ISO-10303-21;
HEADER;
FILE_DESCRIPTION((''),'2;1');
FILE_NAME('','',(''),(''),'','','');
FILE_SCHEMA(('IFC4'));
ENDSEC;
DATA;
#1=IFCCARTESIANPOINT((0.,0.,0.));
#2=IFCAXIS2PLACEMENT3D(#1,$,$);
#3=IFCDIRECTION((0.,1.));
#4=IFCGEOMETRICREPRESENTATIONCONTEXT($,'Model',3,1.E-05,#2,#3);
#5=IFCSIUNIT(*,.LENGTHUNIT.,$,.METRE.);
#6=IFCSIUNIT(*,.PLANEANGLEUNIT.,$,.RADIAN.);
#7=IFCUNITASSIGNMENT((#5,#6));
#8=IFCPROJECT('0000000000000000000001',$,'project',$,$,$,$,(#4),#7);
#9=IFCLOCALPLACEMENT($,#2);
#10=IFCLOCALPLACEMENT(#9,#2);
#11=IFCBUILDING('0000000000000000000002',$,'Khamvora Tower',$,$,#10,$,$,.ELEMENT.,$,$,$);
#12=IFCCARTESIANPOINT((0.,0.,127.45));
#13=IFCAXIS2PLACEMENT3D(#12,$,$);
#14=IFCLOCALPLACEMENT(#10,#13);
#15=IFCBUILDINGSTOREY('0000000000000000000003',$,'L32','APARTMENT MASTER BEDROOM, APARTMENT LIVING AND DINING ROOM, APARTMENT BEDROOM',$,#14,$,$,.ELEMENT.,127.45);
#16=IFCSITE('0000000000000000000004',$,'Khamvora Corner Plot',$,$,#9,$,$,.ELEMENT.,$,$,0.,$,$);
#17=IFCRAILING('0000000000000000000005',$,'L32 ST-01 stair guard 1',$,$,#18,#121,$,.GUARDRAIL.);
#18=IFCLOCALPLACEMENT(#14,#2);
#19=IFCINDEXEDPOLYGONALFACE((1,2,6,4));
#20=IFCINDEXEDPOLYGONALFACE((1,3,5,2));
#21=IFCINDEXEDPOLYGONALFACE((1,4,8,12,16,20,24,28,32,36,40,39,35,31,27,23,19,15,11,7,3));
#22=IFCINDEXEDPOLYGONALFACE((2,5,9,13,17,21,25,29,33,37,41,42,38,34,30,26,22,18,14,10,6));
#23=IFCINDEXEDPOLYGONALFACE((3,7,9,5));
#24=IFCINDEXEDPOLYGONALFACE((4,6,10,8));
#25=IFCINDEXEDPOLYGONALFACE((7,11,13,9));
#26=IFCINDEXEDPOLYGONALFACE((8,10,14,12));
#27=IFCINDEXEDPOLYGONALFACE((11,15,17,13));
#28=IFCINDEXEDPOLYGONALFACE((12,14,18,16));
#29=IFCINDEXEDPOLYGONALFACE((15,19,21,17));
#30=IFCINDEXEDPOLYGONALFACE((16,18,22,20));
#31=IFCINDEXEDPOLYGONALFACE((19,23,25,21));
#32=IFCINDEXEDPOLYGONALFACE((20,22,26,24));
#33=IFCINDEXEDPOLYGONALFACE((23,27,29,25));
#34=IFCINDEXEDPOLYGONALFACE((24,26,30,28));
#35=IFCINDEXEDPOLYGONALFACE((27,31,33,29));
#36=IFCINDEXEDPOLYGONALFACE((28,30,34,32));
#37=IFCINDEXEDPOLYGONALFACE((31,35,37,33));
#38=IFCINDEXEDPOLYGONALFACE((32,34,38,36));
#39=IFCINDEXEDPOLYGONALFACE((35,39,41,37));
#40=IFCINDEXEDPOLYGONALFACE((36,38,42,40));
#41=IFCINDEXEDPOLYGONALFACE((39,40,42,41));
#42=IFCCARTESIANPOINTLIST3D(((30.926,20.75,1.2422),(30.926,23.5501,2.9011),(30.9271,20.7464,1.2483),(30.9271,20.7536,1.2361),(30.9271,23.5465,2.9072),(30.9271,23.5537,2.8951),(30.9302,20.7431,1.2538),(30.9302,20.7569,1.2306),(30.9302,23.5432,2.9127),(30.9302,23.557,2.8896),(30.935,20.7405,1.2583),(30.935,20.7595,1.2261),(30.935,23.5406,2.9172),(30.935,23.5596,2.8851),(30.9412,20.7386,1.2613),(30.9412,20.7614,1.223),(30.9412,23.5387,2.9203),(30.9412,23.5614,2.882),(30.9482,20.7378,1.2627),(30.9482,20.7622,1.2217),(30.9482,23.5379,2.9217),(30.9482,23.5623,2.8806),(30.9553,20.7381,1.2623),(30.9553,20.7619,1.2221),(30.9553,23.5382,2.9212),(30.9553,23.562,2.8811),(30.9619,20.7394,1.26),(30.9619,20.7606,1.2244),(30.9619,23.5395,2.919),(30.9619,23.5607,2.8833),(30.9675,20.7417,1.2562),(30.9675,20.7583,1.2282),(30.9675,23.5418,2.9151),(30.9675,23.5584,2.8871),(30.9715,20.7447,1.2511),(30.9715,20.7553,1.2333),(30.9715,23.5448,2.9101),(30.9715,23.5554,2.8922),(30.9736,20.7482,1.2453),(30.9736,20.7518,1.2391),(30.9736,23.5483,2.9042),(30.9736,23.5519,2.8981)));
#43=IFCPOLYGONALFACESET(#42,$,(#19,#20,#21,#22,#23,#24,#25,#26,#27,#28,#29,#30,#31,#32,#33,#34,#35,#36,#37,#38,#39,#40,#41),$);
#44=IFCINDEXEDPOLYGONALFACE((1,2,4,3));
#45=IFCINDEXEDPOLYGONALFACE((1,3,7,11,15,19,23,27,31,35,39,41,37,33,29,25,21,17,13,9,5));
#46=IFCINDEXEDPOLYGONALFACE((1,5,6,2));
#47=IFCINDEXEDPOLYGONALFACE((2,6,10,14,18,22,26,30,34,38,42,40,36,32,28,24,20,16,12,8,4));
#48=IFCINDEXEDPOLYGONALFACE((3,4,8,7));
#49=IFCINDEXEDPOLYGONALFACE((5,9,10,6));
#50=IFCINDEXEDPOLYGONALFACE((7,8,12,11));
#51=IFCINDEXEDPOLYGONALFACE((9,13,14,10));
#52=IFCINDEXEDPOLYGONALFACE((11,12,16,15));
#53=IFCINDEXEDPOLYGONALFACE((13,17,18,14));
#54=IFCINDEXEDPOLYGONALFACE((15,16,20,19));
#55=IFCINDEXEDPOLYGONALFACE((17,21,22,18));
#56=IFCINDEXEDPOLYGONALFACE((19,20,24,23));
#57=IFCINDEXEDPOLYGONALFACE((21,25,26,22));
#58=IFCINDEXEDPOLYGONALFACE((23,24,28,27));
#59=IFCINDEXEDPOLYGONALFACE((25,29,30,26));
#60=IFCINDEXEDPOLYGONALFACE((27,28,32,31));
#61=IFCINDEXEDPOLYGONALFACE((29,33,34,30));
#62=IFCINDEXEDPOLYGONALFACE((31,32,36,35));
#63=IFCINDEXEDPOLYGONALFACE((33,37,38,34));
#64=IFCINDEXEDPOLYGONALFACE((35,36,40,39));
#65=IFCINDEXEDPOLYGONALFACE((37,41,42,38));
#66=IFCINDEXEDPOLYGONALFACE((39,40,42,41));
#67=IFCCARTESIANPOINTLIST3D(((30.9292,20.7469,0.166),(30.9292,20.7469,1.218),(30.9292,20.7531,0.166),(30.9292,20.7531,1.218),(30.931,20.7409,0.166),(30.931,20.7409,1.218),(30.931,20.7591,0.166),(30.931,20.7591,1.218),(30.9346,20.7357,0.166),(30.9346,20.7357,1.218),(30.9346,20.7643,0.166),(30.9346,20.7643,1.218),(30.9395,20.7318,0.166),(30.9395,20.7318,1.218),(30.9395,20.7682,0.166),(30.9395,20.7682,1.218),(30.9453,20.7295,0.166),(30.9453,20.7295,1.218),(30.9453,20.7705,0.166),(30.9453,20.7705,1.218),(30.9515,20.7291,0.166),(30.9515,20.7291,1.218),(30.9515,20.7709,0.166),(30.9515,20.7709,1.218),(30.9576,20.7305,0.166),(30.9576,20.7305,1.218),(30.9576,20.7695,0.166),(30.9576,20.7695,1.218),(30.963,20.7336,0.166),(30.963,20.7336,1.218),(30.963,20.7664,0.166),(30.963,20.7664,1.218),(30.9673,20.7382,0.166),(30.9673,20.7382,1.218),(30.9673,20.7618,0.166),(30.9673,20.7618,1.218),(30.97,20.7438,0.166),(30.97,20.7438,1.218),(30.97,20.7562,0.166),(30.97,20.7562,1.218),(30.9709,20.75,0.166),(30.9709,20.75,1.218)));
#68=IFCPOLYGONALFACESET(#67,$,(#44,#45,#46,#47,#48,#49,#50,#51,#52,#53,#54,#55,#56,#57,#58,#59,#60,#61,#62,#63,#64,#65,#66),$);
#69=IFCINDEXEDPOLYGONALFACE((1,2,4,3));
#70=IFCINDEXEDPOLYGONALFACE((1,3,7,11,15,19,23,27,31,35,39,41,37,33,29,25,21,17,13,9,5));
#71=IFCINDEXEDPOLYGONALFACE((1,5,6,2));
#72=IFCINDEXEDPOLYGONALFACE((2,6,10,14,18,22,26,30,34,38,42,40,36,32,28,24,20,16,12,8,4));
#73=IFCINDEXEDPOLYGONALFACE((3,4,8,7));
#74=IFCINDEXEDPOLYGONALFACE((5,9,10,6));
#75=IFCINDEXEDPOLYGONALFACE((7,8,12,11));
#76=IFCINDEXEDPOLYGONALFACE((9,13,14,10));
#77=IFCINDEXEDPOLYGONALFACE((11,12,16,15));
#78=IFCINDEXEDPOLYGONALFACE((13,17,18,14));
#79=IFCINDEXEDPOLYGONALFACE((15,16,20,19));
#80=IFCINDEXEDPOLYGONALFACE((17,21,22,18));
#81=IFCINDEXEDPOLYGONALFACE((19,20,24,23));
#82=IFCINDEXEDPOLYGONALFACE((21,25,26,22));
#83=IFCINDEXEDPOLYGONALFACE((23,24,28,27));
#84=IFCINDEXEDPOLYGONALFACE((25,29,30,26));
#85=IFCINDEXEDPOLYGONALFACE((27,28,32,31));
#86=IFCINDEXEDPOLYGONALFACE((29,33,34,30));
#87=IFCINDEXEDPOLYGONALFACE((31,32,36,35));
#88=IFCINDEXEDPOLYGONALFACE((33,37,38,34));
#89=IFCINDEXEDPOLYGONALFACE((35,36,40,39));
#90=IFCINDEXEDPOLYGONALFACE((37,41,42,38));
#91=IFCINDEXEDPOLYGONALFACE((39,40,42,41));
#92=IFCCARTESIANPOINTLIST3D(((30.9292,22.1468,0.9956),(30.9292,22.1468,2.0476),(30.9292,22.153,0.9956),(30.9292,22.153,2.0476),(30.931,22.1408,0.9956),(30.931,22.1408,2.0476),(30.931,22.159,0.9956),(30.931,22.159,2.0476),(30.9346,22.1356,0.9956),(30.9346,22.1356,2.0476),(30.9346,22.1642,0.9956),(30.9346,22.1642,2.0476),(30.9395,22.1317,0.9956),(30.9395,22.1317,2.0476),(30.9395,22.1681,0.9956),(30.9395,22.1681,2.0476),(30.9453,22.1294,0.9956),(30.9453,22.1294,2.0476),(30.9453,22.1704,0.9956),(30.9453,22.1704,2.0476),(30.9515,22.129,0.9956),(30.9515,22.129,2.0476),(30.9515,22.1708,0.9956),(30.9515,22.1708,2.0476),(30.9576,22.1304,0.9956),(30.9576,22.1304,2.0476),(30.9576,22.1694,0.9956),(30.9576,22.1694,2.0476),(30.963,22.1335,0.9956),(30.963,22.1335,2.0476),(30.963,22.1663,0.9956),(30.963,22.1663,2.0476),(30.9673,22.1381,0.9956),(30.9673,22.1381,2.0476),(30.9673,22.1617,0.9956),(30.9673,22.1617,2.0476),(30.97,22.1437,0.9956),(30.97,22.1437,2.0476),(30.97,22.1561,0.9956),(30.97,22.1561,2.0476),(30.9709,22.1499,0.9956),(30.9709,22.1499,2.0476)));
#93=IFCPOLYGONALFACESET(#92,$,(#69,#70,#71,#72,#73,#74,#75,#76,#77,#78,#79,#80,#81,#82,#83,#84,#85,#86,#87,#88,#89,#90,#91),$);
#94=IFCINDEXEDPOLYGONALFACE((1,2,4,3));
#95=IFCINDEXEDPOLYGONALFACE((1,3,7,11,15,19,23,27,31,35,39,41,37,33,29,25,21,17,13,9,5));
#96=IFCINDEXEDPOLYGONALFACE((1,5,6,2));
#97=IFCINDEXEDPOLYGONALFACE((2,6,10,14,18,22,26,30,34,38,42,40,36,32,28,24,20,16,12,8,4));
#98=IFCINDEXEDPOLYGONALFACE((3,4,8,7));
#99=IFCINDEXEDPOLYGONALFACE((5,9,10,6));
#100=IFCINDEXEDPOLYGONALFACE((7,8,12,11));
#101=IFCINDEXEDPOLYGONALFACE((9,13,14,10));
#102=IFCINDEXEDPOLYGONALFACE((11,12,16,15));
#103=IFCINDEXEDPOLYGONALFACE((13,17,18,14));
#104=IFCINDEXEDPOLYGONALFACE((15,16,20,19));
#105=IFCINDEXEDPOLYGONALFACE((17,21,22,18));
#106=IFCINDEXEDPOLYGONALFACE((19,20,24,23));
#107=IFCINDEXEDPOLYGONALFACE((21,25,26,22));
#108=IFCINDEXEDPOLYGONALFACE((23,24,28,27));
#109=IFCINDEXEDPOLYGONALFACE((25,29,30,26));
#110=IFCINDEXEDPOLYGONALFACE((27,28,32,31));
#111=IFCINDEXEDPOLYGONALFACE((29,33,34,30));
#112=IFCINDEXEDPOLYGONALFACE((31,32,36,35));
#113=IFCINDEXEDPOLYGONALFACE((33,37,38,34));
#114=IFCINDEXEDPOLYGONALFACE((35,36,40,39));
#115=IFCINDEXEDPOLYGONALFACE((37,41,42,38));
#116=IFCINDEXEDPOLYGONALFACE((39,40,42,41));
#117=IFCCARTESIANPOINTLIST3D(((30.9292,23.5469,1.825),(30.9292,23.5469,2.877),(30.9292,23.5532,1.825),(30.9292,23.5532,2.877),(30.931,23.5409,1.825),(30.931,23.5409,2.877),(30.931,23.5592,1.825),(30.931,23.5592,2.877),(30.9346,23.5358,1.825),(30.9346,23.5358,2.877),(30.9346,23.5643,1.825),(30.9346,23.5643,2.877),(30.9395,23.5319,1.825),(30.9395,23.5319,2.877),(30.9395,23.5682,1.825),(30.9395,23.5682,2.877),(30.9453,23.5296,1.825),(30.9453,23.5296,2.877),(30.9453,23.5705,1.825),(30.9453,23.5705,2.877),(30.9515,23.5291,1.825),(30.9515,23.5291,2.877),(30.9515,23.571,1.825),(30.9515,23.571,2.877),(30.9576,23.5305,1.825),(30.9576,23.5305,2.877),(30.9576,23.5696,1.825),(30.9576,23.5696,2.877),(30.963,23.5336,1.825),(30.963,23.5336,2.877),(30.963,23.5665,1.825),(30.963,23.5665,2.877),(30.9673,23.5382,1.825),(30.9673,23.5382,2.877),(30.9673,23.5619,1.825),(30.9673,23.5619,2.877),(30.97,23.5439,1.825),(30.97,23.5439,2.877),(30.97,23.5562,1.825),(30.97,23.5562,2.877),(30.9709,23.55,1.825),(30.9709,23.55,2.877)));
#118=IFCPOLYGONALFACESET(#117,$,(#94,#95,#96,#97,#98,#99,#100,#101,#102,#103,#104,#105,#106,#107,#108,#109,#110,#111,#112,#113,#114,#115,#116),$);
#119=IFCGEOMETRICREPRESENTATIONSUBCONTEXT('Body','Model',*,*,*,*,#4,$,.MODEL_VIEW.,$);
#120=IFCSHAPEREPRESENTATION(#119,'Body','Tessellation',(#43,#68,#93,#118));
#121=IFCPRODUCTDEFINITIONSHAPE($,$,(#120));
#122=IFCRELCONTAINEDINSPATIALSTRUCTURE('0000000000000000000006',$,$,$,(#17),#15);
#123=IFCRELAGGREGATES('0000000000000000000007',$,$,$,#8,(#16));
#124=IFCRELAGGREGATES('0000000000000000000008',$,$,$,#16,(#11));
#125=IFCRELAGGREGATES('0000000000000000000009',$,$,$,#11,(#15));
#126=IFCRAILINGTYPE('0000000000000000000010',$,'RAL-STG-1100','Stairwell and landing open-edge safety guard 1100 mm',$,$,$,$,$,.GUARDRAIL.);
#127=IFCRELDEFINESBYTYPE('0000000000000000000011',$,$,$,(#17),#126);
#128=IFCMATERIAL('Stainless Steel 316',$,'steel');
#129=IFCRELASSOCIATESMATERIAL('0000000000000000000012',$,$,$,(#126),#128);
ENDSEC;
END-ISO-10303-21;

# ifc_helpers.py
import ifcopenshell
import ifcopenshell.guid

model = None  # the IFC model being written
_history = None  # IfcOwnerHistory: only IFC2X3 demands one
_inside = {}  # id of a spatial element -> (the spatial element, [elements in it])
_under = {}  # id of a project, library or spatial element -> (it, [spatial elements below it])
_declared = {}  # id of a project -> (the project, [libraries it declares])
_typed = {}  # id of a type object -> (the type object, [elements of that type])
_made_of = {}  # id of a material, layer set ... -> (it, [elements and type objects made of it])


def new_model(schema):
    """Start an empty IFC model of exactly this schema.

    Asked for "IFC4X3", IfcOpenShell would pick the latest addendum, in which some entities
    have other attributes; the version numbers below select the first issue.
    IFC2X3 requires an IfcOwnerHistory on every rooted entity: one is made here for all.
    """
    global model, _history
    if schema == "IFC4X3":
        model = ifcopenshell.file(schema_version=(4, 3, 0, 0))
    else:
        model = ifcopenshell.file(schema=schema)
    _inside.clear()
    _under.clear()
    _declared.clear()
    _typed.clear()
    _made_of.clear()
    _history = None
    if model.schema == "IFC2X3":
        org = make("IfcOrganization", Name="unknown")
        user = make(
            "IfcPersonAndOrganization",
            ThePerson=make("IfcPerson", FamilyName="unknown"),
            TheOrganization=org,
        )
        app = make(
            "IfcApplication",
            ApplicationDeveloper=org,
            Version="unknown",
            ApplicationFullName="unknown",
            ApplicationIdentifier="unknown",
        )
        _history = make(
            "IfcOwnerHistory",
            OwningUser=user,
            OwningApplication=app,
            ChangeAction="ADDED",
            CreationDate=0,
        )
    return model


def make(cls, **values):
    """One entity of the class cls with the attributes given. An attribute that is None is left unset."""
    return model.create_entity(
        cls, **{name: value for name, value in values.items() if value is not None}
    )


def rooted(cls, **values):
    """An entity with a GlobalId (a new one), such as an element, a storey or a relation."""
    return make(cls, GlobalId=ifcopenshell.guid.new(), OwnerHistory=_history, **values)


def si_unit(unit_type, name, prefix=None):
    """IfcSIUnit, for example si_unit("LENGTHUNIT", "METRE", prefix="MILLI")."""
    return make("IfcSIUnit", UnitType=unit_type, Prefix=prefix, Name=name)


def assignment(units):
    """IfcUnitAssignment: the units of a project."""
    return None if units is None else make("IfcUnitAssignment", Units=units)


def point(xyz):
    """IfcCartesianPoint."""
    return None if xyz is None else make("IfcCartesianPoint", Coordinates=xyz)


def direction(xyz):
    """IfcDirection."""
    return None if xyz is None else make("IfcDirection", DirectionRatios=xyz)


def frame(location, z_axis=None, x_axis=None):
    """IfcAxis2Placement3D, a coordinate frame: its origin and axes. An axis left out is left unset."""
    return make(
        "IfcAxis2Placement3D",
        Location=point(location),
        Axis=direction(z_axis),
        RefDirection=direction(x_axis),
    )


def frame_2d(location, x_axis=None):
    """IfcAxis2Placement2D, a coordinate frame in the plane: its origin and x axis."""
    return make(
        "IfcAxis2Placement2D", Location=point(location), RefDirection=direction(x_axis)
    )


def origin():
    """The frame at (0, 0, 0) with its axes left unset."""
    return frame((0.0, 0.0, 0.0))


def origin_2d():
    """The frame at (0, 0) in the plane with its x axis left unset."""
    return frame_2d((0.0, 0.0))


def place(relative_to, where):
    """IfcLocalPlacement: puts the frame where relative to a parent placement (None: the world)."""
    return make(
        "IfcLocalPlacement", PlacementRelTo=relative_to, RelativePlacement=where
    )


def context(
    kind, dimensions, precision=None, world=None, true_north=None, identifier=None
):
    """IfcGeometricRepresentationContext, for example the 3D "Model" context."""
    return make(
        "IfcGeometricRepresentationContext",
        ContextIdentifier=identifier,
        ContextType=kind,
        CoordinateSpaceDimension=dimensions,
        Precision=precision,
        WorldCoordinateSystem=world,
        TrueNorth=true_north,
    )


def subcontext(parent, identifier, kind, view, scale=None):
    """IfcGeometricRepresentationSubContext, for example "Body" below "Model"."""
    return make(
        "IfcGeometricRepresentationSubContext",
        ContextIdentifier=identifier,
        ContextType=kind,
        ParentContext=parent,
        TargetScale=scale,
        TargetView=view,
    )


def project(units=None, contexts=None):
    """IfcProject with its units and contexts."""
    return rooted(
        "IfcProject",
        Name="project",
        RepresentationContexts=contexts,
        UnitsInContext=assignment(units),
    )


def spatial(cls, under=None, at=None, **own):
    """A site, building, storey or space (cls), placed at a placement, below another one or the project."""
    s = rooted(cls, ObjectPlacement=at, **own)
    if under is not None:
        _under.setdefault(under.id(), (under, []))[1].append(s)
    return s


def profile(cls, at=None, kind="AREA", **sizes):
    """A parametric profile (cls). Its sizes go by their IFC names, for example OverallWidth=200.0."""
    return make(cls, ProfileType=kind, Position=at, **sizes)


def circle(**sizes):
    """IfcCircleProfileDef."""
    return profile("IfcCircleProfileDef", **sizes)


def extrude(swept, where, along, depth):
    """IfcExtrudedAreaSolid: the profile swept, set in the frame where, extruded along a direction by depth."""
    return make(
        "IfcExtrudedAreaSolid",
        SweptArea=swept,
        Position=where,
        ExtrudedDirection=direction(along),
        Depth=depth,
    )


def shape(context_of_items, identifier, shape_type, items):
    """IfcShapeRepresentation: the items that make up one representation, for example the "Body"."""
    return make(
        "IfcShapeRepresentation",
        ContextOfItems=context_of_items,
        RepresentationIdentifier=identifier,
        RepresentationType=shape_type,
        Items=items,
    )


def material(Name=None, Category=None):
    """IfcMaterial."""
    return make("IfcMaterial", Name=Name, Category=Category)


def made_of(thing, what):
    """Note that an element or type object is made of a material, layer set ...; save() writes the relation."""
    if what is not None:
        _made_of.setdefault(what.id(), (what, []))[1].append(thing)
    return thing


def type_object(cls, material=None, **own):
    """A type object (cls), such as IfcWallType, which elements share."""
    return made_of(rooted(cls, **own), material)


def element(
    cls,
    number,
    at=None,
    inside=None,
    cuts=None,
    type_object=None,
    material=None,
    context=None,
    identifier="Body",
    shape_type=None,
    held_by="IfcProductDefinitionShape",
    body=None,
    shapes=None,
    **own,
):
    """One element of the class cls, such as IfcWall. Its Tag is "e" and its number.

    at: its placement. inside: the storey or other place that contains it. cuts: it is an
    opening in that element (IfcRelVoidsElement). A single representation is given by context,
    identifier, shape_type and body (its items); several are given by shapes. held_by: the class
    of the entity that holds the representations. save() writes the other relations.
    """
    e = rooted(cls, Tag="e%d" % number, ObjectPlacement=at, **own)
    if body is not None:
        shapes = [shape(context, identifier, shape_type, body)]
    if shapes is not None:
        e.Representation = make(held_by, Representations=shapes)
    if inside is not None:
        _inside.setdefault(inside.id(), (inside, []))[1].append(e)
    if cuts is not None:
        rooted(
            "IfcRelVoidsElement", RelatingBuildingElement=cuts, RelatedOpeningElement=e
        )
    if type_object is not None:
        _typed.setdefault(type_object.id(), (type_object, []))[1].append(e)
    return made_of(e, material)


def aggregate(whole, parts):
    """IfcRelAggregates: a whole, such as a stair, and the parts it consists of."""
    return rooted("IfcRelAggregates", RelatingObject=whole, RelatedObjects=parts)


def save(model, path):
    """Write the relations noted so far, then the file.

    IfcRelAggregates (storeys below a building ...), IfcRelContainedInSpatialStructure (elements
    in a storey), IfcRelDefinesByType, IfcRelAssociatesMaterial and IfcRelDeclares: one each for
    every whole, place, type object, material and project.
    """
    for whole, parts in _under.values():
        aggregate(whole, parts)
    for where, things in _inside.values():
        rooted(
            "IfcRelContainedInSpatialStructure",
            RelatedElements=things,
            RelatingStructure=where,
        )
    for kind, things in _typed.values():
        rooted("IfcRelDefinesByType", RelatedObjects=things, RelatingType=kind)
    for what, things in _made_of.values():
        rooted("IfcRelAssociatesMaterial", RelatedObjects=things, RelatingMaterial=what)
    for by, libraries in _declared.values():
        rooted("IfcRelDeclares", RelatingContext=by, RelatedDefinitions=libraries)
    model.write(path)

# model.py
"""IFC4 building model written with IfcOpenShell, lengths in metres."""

from ifc_helpers import new_model, si_unit, direction, frame, origin, origin_2d, place, context, subcontext, project, spatial, circle, extrude, material, type_object, element, save


model = new_model("IFC4")

# Units and contexts
model_context = context("Model", 3, precision=1e-05, world=origin(), true_north=direction((0.0, 1.0)))
body_context = subcontext(model_context, "Body", "Model", "MODEL_VIEW")
ifc_project = project(units=[si_unit("LENGTHUNIT", "METRE"), si_unit("PLANEANGLEUNIT", "RADIAN")], contexts=[model_context])

# Site, building, storey
site_placement = place(None, origin())
site = spatial("IfcSite", under=ifc_project, at=site_placement, Name="Khamvora Corner Plot", CompositionType="ELEMENT", RefElevation=0.0)
building_placement = place(site_placement, origin())
building = spatial("IfcBuilding", under=site, at=building_placement, Name="Khamvora Tower", CompositionType="ELEMENT")
storey_placement = place(building_placement, frame((0.0, 0.0, 127.45)))
storey = spatial("IfcBuildingStorey", under=building, at=storey_placement, Name="L32", Description="APARTMENT MASTER BEDROOM, APARTMENT LIVING AND DINING ROOM, APARTMENT BEDROOM", CompositionType="ELEMENT", Elevation=127.45)

# Railing
ifc_material_1 = material(Name="Stainless Steel 316", Category="steel")
railing_type_1 = type_object("IfcRailingType", Name="RAL-STG-1100", Description="Stairwell and landing open-edge safety guard 1100 mm", PredefinedType="GUARDRAIL", material=ifc_material_1)
railing_1_placement = place(storey_placement, frame((30.95, 20.75, 0.166)))
element("IfcRailing", 1, at=railing_1_placement, inside=storey, type_object=railing_type_1, Name="L32 ST-01 stair guard 1", PredefinedType="GUARDRAIL", context=body_context, shape_type="SweptSolid", body=[
    extrude(circle(Radius=0.0239, at=origin_2d()), frame((0.0, 0.0, 1.0762), z_axis=(0.0, 0.860339, 0.509722), x_axis=(-1.0, 0.0, 0.0)), (0.0, 0.0, 1.0), 3.2546),
    extrude(circle(Radius=0.021, at=origin_2d()), origin(), (0.0, 0.0, 1.0), 1.052),
    extrude(circle(Radius=0.021, at=origin_2d()), frame((0.0, 1.3999, 0.8296)), (0.0, 0.0, 1.0), 1.052),
    extrude(circle(Radius=0.021, at=origin_2d()), frame((0.0, 2.8, 1.6589)), (0.0, 0.0, 1.0), 1.052),
])

save(model, "model.ifc")
